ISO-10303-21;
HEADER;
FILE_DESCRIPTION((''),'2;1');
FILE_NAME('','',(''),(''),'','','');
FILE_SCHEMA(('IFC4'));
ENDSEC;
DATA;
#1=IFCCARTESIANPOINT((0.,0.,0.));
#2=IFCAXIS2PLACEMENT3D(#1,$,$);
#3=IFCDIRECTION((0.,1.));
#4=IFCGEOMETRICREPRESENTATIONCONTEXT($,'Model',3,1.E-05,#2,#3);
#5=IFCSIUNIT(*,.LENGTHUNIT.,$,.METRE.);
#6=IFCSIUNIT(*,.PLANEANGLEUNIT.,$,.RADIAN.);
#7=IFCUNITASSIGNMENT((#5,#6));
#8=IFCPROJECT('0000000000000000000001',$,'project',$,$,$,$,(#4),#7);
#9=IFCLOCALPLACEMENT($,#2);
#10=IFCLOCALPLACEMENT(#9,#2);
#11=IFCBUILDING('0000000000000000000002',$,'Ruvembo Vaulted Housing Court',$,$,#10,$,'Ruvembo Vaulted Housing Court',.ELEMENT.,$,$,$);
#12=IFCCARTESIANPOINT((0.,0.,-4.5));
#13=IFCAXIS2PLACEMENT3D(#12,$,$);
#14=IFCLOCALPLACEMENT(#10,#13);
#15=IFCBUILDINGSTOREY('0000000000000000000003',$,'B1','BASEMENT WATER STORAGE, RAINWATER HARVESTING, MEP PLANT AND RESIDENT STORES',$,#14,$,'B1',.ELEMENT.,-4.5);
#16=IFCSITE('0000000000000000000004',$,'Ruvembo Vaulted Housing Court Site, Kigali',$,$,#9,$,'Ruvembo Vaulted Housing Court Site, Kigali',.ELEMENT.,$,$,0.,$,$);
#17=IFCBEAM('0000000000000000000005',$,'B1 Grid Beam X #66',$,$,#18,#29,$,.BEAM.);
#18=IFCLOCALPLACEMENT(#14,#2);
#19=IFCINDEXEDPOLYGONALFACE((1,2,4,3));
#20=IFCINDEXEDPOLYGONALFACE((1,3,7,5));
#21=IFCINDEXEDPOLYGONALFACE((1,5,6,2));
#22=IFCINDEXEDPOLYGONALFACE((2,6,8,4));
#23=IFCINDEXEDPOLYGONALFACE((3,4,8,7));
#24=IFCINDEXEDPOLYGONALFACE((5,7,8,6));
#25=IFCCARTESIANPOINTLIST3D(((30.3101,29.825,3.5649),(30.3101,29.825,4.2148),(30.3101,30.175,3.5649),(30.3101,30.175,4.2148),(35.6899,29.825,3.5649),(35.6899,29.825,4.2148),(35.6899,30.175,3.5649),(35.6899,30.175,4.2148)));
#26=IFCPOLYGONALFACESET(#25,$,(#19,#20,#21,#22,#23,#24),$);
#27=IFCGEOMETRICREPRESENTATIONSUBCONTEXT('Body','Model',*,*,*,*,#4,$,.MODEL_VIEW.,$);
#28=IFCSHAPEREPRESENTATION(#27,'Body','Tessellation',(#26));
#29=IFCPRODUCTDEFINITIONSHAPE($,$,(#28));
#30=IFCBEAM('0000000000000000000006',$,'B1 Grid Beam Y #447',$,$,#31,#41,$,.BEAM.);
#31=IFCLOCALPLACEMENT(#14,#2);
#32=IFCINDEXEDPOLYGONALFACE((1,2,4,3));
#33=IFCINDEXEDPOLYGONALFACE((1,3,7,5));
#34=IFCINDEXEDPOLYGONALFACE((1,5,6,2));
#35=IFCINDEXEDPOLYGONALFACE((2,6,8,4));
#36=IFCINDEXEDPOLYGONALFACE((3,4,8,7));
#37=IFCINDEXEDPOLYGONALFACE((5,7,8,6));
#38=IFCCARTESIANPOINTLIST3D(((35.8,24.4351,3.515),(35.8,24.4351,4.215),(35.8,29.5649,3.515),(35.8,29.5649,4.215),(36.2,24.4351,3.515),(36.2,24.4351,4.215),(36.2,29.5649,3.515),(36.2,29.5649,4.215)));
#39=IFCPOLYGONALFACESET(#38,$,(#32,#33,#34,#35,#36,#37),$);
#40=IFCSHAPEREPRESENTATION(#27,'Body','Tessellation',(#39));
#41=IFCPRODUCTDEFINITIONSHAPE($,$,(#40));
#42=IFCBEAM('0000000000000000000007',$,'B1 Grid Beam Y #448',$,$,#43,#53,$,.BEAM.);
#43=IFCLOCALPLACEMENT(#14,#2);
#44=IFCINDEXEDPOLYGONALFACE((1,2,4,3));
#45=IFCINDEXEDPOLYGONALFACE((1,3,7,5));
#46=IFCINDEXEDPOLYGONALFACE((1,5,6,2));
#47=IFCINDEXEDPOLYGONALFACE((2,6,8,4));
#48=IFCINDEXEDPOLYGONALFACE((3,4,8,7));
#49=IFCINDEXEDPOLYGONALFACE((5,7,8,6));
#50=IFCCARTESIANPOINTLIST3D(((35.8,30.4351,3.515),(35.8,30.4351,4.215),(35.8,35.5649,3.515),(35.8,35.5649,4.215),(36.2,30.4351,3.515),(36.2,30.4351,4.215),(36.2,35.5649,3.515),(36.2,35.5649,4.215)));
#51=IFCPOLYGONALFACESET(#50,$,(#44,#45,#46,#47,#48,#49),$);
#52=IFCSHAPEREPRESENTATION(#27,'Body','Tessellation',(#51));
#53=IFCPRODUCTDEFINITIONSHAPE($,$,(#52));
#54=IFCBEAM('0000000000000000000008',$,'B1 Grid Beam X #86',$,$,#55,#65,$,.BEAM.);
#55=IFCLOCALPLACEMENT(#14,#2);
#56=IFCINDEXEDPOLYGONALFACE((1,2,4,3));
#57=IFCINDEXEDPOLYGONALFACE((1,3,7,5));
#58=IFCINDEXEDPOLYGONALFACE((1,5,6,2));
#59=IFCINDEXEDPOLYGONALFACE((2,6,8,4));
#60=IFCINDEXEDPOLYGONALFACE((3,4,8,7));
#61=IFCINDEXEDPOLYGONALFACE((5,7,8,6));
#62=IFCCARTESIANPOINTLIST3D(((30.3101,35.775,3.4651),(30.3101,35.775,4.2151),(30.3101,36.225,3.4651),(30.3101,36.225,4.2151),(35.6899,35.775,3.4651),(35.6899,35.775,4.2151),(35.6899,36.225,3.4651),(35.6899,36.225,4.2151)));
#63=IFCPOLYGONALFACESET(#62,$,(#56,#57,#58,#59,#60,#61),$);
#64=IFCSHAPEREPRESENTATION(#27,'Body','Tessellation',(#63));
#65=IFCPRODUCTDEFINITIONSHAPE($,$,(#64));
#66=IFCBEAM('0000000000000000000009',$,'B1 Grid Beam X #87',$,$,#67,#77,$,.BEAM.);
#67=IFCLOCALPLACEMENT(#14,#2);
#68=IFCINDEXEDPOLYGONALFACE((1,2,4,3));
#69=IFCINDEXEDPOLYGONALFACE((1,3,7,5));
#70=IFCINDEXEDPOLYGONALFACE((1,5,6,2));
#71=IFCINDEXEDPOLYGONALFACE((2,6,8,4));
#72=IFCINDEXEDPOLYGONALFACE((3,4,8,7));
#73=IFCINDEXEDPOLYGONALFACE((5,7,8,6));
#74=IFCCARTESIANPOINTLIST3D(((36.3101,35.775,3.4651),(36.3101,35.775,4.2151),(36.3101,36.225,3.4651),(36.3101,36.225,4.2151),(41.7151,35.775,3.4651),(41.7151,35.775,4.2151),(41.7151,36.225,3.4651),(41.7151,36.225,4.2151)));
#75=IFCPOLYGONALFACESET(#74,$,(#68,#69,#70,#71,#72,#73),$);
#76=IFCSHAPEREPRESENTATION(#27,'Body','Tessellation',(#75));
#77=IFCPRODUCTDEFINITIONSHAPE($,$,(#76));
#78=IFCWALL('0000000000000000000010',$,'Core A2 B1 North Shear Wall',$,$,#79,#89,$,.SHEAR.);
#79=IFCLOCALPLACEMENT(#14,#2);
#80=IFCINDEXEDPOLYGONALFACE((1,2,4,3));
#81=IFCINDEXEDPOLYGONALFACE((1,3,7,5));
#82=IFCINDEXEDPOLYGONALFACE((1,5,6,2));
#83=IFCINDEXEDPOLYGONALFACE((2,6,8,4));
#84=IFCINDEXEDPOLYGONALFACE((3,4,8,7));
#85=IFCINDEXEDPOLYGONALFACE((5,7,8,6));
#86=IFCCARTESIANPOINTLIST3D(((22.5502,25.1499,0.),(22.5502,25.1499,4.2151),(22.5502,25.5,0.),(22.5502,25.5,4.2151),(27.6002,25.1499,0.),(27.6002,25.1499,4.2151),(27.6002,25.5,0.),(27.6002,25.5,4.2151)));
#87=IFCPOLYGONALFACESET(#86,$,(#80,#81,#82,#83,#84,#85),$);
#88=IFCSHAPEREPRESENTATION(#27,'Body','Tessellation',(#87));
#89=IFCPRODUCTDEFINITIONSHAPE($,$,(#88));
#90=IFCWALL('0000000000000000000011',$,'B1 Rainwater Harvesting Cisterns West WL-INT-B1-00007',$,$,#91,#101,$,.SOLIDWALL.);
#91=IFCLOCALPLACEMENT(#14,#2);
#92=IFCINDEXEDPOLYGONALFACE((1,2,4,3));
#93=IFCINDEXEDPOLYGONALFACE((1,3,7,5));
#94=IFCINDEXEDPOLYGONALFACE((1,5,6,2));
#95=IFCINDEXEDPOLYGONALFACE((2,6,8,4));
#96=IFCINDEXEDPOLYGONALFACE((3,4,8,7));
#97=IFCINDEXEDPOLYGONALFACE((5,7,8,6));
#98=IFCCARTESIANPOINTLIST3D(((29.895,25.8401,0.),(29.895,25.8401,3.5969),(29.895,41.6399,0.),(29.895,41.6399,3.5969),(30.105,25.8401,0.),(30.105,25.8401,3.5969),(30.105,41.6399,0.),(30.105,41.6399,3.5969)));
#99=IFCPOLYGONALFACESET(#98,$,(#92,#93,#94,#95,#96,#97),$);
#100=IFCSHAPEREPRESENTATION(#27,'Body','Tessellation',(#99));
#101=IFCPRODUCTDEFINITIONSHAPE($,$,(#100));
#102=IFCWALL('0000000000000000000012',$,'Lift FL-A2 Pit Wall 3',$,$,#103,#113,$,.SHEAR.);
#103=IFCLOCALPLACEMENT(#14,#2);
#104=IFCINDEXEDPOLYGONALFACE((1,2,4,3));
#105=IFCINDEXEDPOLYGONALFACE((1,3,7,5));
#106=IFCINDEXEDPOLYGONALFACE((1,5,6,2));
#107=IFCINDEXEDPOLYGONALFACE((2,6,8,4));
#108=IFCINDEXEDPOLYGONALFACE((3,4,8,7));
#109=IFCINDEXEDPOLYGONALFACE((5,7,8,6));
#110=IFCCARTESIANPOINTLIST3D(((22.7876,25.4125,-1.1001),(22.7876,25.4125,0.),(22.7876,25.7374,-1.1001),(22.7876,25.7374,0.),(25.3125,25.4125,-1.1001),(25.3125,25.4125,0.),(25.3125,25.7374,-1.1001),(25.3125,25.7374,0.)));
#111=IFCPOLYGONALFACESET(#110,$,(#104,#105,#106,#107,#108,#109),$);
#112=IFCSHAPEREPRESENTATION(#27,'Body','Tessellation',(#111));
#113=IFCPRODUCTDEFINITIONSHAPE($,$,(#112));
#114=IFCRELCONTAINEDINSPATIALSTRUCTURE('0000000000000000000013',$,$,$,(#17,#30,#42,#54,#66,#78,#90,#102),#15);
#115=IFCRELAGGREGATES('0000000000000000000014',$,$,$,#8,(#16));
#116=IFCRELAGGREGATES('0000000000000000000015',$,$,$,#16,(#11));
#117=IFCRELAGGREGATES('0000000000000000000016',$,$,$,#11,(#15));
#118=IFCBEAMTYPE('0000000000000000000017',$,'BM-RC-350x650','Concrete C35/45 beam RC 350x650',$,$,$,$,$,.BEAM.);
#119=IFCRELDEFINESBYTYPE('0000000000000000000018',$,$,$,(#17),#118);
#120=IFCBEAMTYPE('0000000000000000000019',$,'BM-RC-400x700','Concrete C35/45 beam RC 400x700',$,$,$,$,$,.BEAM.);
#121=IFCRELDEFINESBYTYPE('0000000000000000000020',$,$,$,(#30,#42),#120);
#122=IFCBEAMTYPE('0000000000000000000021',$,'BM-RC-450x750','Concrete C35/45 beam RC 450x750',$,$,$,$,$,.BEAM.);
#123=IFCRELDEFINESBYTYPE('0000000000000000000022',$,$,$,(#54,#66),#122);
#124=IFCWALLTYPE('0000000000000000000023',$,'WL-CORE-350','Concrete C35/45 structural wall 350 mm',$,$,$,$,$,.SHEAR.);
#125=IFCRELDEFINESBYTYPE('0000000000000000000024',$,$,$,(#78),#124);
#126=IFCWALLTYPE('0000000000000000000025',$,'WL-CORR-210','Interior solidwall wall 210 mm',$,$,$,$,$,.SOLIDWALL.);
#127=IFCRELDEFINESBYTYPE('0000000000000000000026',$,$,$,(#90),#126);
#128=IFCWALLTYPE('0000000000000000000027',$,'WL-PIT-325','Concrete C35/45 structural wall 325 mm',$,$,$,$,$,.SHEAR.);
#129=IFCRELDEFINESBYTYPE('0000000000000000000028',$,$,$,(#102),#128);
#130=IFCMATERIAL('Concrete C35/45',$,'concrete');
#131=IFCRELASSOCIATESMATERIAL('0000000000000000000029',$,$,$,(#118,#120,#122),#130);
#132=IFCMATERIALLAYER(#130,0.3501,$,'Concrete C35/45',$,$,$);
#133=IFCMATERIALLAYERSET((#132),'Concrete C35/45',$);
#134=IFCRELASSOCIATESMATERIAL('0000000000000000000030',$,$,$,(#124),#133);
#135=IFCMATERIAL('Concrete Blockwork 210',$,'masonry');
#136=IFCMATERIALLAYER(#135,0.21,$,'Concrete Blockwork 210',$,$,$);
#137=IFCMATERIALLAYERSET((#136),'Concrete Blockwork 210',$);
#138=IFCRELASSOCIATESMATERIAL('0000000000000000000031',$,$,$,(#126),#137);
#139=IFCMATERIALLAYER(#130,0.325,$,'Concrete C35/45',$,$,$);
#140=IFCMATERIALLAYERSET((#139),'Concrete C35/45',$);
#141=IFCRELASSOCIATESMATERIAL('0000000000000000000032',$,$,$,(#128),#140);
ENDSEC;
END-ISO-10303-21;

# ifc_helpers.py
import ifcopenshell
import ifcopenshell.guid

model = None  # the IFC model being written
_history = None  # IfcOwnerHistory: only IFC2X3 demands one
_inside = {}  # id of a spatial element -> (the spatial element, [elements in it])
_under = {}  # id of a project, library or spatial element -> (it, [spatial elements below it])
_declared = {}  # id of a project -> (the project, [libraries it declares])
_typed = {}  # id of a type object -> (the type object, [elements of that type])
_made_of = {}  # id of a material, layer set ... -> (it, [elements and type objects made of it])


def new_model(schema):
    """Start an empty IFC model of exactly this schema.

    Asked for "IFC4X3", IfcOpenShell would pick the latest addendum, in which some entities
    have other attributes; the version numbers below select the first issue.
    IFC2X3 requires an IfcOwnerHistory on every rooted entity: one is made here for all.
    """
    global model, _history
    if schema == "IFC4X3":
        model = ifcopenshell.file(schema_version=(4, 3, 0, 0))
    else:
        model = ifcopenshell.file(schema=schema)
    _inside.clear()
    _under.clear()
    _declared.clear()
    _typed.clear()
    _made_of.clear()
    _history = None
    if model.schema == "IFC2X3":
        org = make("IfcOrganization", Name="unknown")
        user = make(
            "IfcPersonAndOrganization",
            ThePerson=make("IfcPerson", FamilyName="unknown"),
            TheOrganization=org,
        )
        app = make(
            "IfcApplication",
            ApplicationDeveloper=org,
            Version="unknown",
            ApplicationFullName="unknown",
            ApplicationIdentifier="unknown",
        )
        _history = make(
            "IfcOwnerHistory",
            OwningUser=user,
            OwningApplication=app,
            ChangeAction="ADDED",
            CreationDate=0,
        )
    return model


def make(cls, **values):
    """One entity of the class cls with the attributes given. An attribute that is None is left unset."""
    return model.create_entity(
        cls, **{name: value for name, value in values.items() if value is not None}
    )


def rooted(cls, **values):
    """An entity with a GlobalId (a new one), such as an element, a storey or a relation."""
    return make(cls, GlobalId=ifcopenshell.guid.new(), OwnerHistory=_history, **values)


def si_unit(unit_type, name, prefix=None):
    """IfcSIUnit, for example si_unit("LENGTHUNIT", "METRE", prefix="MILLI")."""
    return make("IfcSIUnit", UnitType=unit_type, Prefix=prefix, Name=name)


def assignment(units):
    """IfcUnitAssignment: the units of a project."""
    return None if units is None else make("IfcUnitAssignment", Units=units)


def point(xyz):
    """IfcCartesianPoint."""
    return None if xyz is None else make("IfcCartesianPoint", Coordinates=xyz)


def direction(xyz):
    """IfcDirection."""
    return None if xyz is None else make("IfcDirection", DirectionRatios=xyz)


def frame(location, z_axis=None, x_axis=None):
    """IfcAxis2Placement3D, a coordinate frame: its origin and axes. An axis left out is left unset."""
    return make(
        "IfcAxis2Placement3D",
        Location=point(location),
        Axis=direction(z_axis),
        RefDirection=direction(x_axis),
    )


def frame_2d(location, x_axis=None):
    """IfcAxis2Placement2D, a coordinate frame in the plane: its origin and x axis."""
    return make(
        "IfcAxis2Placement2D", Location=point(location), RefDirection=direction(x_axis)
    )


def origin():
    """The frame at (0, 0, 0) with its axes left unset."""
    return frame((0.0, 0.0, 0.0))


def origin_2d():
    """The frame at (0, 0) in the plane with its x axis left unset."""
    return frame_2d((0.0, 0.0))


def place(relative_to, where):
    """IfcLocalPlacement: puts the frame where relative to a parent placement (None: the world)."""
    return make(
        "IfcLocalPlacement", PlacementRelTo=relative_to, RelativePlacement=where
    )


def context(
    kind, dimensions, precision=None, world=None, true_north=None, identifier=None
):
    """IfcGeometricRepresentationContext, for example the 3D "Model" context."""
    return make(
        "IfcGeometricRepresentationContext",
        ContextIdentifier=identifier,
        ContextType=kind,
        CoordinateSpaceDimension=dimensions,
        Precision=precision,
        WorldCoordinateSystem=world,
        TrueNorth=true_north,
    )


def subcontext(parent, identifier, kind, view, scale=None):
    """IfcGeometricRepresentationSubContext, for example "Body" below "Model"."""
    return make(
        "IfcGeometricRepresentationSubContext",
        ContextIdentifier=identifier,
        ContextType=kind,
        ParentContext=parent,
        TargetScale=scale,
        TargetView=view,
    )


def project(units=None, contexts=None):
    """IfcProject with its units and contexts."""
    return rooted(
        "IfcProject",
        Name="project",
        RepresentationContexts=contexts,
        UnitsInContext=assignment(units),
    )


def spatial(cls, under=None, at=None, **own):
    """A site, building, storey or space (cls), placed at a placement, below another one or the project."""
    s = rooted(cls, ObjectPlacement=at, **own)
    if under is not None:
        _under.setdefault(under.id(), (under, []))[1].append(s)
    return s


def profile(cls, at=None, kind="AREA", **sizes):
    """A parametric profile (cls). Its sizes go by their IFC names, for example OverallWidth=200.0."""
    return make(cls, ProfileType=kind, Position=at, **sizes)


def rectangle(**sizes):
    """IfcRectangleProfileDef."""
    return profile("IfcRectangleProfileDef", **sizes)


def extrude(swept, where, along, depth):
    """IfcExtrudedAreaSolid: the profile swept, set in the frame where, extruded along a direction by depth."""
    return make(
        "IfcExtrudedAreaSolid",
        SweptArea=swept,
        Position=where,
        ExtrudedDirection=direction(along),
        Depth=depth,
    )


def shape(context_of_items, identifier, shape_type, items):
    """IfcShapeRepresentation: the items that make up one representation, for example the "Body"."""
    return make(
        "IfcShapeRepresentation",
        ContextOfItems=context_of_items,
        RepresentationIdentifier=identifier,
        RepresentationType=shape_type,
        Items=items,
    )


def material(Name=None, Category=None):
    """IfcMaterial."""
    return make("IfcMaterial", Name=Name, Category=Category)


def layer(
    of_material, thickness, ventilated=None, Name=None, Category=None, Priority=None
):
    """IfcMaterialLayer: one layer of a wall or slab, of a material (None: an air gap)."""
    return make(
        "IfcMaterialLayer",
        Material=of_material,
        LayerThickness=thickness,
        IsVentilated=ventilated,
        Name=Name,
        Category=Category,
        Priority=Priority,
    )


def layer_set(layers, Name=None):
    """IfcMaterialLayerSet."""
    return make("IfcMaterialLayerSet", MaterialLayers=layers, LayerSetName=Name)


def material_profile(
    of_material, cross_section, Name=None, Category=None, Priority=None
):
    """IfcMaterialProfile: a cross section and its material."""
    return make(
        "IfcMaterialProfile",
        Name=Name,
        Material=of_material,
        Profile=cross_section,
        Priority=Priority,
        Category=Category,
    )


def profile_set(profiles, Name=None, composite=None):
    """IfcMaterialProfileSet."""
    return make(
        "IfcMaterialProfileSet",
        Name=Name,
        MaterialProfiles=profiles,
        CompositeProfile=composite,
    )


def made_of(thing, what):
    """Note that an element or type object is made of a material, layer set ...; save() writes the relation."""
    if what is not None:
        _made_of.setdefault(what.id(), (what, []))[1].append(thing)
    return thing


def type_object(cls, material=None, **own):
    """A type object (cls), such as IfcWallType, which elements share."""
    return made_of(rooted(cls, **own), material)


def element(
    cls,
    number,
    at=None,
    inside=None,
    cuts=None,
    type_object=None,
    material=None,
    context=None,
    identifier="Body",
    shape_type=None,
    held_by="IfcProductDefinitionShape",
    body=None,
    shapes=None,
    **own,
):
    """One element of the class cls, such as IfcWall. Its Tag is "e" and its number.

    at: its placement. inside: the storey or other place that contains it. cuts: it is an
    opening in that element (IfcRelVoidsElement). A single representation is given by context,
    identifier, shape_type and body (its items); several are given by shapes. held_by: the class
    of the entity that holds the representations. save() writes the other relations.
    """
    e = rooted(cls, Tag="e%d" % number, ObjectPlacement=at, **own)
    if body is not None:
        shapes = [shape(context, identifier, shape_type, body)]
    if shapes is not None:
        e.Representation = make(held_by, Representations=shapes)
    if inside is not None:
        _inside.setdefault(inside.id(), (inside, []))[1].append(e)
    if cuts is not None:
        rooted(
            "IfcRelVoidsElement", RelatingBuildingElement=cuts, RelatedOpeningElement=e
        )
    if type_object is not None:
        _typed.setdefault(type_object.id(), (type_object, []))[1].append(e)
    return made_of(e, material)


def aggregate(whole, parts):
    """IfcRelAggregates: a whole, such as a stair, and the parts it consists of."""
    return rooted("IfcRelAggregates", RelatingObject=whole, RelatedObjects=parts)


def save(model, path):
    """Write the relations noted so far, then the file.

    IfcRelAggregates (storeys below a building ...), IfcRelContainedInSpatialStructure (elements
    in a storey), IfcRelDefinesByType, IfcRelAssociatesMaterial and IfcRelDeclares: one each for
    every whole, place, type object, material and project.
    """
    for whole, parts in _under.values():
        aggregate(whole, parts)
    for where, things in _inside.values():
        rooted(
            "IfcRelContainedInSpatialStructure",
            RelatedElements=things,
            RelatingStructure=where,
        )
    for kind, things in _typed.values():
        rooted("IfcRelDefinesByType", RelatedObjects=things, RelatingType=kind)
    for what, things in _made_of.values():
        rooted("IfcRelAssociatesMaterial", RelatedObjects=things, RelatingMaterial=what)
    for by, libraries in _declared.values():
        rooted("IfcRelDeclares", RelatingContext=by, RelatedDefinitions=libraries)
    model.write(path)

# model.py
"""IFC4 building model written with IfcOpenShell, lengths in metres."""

from ifc_helpers import new_model, si_unit, direction, frame, frame_2d, origin, origin_2d, place, context, subcontext, project, spatial, rectangle, extrude, material, layer, layer_set, material_profile, profile_set, type_object, element, save


model = new_model("IFC4")

# Units and contexts
model_context = context("Model", 3, precision=1e-05, world=origin(), true_north=direction((0.0, 1.0)))
body_context = subcontext(model_context, "Body", "Model", "MODEL_VIEW")
ifc_project = project(units=[si_unit("LENGTHUNIT", "METRE"), si_unit("PLANEANGLEUNIT", "RADIAN")], contexts=[model_context])

# Site, building, storey
site_placement = place(None, origin())
site = spatial("IfcSite", under=ifc_project, at=site_placement, Name="Ruvembo Vaulted Housing Court Site, Kigali", LongName="Ruvembo Vaulted Housing Court Site, Kigali", CompositionType="ELEMENT", RefElevation=0.0)
building_placement = place(site_placement, origin())
building = spatial("IfcBuilding", under=site, at=building_placement, Name="Ruvembo Vaulted Housing Court", LongName="Ruvembo Vaulted Housing Court", CompositionType="ELEMENT")
storey_placement = place(building_placement, frame((0.0, 0.0, -4.5)))
storey = spatial("IfcBuildingStorey", under=building, at=storey_placement, Name="B1", Description="BASEMENT WATER STORAGE, RAINWATER HARVESTING, MEP PLANT AND RESIDENT STORES", LongName="B1", CompositionType="ELEMENT", Elevation=-4.5)

# Shared definitions
ifc_material_1 = material(Name="Concrete C35/45", Category="concrete")

# Beams
ifc_material_profile_1 = material_profile(ifc_material_1, rectangle(XDim=0.3501, YDim=0.6499, at=origin_2d()), Name="RC 350x650")
ifc_profile_set_1 = profile_set([ifc_material_profile_1], Name="Concrete C35/45")
beam_type_1 = type_object("IfcBeamType", Name="BM-RC-350x650", Description="Concrete C35/45 beam RC 350x650", PredefinedType="BEAM", material=ifc_profile_set_1)
beam_1_placement = place(storey_placement, frame((30.3101, 30.0, 3.8899), z_axis=(1.0, 0.0, 0.0), x_axis=(0.0, 1.0, 0.0)))
element("IfcBeam", 1, at=beam_1_placement, inside=storey, type_object=beam_type_1, Name="B1 Grid Beam X #66", PredefinedType="BEAM", context=body_context, shape_type="SweptSolid", body=[
    extrude(rectangle(XDim=0.3501, YDim=0.6499, at=origin_2d()), origin(), (0.0, 0.0, 1.0), 5.3799),
])
ifc_material_profile_2 = material_profile(ifc_material_1, rectangle(XDim=0.3999, YDim=0.7, at=origin_2d()), Name="RC 400x700")
ifc_profile_set_2 = profile_set([ifc_material_profile_2], Name="Concrete C35/45")
beam_type_2 = type_object("IfcBeamType", Name="BM-RC-400x700", Description="Concrete C35/45 beam RC 400x700", PredefinedType="BEAM", material=ifc_profile_set_2)
for number, where, z_axis, x_axis, name in (
    (2, (36.0, 24.4351, 3.865), (0.0, 1.0, 0.0), (-1.0, 0.0, 0.0), "B1 Grid Beam Y #447"),
    (3, (36.0, 30.4351, 3.865), (0.0, 1.0, 0.0), (-1.0, 0.0, 0.0), "B1 Grid Beam Y #448"),
):
    element("IfcBeam", number, at=place(storey_placement, frame(where, z_axis=z_axis, x_axis=x_axis)), inside=storey, type_object=beam_type_2, Name=name, PredefinedType="BEAM", context=body_context, shape_type="SweptSolid", body=[
        extrude(rectangle(XDim=0.3999, YDim=0.7, at=origin_2d()), origin(), (0.0, 0.0, 1.0), 5.1299),
    ])
ifc_material_profile_3 = material_profile(ifc_material_1, rectangle(XDim=0.45, YDim=0.75, at=origin_2d()), Name="RC 450x750")
ifc_profile_set_3 = profile_set([ifc_material_profile_3], Name="Concrete C35/45")
beam_type_3 = type_object("IfcBeamType", Name="BM-RC-450x750", Description="Concrete C35/45 beam RC 450x750", PredefinedType="BEAM", material=ifc_profile_set_3)
beam_2_placement = place(storey_placement, frame((30.3101, 36.0, 3.8401), z_axis=(1.0, 0.0, 0.0), x_axis=(0.0, 1.0, 0.0)))
element("IfcBeam", 4, at=beam_2_placement, inside=storey, type_object=beam_type_3, Name="B1 Grid Beam X #86", PredefinedType="BEAM", context=body_context, shape_type="SweptSolid", body=[
    extrude(rectangle(XDim=0.45, YDim=0.75, at=origin_2d()), origin(), (0.0, 0.0, 1.0), 5.3799),
])
beam_3_placement = place(storey_placement, frame((36.3101, 36.0, 3.8401), z_axis=(1.0, 0.0, 0.0), x_axis=(0.0, 1.0, 0.0)))
element("IfcBeam", 5, at=beam_3_placement, inside=storey, type_object=beam_type_3, Name="B1 Grid Beam X #87", PredefinedType="BEAM", context=body_context, shape_type="SweptSolid", body=[
    extrude(rectangle(XDim=0.45, YDim=0.75, at=origin_2d()), origin(), (0.0, 0.0, 1.0), 5.405),
])

# Walls
ifc_layer_1 = layer(ifc_material_1, 0.3501, Name="Concrete C35/45")
ifc_layer_set_1 = layer_set([ifc_layer_1], Name="Concrete C35/45")
wall_type_1 = type_object("IfcWallType", Name="WL-CORE-350", Description="Concrete C35/45 structural wall 350 mm", PredefinedType="SHEAR", material=ifc_layer_set_1)
wall_1_placement = place(storey_placement, frame((27.6001, 25.325, 0.0), z_axis=(0.0, 0.0, 1.0), x_axis=(-1.0, 0.0, 0.0)))
element("IfcWall", 6, at=wall_1_placement, inside=storey, type_object=wall_type_1, Name="Core A2 B1 North Shear Wall", PredefinedType="SHEAR", context=body_context, shape_type="SweptSolid", body=[
    extrude(rectangle(XDim=5.05, YDim=0.3501, at=frame_2d((2.5249, 0.0))), origin(), (0.0, 0.0, 1.0), 4.2151),
])
ifc_material_2 = material(Name="Concrete Blockwork 210", Category="masonry")
ifc_layer_2 = layer(ifc_material_2, 0.21, Name="Concrete Blockwork 210")
ifc_layer_set_2 = layer_set([ifc_layer_2], Name="Concrete Blockwork 210")
wall_type_2 = type_object("IfcWallType", Name="WL-CORR-210", Description="Interior solidwall wall 210 mm", PredefinedType="SOLIDWALL", material=ifc_layer_set_2)
wall_2_placement = place(storey_placement, frame((30.0, 25.8401, 0.0), z_axis=(0.0, 0.0, 1.0), x_axis=(0.0, 1.0, 0.0)))
element("IfcWall", 7, at=wall_2_placement, inside=storey, type_object=wall_type_2, Name="B1 Rainwater Harvesting Cisterns West WL-INT-B1-00007", PredefinedType="SOLIDWALL", context=body_context, shape_type="SweptSolid", body=[
    extrude(rectangle(XDim=15.7998, YDim=0.21, at=frame_2d((7.8999, 0.0))), origin(), (0.0, 0.0, 1.0), 3.5969),
])
ifc_layer_3 = layer(ifc_material_1, 0.325, Name="Concrete C35/45")
ifc_layer_set_3 = layer_set([ifc_layer_3], Name="Concrete C35/45")
wall_type_3 = type_object("IfcWallType", Name="WL-PIT-325", Description="Concrete C35/45 structural wall 325 mm", PredefinedType="SHEAR", material=ifc_layer_set_3)
wall_3_placement = place(storey_placement, frame((25.3125, 25.575, -1.1001), z_axis=(0.0, 0.0, 1.0), x_axis=(-1.0, 0.0, 0.0)))
element("IfcWall", 8, at=wall_3_placement, inside=storey, type_object=wall_type_3, Name="Lift FL-A2 Pit Wall 3", PredefinedType="SHEAR", context=body_context, shape_type="SweptSolid", body=[
    extrude(rectangle(XDim=2.5249, YDim=0.325, at=frame_2d((1.2625, 0.0))), origin(), (0.0, 0.0, 1.0), 1.1001),
])

save(model, "model.ifc")
